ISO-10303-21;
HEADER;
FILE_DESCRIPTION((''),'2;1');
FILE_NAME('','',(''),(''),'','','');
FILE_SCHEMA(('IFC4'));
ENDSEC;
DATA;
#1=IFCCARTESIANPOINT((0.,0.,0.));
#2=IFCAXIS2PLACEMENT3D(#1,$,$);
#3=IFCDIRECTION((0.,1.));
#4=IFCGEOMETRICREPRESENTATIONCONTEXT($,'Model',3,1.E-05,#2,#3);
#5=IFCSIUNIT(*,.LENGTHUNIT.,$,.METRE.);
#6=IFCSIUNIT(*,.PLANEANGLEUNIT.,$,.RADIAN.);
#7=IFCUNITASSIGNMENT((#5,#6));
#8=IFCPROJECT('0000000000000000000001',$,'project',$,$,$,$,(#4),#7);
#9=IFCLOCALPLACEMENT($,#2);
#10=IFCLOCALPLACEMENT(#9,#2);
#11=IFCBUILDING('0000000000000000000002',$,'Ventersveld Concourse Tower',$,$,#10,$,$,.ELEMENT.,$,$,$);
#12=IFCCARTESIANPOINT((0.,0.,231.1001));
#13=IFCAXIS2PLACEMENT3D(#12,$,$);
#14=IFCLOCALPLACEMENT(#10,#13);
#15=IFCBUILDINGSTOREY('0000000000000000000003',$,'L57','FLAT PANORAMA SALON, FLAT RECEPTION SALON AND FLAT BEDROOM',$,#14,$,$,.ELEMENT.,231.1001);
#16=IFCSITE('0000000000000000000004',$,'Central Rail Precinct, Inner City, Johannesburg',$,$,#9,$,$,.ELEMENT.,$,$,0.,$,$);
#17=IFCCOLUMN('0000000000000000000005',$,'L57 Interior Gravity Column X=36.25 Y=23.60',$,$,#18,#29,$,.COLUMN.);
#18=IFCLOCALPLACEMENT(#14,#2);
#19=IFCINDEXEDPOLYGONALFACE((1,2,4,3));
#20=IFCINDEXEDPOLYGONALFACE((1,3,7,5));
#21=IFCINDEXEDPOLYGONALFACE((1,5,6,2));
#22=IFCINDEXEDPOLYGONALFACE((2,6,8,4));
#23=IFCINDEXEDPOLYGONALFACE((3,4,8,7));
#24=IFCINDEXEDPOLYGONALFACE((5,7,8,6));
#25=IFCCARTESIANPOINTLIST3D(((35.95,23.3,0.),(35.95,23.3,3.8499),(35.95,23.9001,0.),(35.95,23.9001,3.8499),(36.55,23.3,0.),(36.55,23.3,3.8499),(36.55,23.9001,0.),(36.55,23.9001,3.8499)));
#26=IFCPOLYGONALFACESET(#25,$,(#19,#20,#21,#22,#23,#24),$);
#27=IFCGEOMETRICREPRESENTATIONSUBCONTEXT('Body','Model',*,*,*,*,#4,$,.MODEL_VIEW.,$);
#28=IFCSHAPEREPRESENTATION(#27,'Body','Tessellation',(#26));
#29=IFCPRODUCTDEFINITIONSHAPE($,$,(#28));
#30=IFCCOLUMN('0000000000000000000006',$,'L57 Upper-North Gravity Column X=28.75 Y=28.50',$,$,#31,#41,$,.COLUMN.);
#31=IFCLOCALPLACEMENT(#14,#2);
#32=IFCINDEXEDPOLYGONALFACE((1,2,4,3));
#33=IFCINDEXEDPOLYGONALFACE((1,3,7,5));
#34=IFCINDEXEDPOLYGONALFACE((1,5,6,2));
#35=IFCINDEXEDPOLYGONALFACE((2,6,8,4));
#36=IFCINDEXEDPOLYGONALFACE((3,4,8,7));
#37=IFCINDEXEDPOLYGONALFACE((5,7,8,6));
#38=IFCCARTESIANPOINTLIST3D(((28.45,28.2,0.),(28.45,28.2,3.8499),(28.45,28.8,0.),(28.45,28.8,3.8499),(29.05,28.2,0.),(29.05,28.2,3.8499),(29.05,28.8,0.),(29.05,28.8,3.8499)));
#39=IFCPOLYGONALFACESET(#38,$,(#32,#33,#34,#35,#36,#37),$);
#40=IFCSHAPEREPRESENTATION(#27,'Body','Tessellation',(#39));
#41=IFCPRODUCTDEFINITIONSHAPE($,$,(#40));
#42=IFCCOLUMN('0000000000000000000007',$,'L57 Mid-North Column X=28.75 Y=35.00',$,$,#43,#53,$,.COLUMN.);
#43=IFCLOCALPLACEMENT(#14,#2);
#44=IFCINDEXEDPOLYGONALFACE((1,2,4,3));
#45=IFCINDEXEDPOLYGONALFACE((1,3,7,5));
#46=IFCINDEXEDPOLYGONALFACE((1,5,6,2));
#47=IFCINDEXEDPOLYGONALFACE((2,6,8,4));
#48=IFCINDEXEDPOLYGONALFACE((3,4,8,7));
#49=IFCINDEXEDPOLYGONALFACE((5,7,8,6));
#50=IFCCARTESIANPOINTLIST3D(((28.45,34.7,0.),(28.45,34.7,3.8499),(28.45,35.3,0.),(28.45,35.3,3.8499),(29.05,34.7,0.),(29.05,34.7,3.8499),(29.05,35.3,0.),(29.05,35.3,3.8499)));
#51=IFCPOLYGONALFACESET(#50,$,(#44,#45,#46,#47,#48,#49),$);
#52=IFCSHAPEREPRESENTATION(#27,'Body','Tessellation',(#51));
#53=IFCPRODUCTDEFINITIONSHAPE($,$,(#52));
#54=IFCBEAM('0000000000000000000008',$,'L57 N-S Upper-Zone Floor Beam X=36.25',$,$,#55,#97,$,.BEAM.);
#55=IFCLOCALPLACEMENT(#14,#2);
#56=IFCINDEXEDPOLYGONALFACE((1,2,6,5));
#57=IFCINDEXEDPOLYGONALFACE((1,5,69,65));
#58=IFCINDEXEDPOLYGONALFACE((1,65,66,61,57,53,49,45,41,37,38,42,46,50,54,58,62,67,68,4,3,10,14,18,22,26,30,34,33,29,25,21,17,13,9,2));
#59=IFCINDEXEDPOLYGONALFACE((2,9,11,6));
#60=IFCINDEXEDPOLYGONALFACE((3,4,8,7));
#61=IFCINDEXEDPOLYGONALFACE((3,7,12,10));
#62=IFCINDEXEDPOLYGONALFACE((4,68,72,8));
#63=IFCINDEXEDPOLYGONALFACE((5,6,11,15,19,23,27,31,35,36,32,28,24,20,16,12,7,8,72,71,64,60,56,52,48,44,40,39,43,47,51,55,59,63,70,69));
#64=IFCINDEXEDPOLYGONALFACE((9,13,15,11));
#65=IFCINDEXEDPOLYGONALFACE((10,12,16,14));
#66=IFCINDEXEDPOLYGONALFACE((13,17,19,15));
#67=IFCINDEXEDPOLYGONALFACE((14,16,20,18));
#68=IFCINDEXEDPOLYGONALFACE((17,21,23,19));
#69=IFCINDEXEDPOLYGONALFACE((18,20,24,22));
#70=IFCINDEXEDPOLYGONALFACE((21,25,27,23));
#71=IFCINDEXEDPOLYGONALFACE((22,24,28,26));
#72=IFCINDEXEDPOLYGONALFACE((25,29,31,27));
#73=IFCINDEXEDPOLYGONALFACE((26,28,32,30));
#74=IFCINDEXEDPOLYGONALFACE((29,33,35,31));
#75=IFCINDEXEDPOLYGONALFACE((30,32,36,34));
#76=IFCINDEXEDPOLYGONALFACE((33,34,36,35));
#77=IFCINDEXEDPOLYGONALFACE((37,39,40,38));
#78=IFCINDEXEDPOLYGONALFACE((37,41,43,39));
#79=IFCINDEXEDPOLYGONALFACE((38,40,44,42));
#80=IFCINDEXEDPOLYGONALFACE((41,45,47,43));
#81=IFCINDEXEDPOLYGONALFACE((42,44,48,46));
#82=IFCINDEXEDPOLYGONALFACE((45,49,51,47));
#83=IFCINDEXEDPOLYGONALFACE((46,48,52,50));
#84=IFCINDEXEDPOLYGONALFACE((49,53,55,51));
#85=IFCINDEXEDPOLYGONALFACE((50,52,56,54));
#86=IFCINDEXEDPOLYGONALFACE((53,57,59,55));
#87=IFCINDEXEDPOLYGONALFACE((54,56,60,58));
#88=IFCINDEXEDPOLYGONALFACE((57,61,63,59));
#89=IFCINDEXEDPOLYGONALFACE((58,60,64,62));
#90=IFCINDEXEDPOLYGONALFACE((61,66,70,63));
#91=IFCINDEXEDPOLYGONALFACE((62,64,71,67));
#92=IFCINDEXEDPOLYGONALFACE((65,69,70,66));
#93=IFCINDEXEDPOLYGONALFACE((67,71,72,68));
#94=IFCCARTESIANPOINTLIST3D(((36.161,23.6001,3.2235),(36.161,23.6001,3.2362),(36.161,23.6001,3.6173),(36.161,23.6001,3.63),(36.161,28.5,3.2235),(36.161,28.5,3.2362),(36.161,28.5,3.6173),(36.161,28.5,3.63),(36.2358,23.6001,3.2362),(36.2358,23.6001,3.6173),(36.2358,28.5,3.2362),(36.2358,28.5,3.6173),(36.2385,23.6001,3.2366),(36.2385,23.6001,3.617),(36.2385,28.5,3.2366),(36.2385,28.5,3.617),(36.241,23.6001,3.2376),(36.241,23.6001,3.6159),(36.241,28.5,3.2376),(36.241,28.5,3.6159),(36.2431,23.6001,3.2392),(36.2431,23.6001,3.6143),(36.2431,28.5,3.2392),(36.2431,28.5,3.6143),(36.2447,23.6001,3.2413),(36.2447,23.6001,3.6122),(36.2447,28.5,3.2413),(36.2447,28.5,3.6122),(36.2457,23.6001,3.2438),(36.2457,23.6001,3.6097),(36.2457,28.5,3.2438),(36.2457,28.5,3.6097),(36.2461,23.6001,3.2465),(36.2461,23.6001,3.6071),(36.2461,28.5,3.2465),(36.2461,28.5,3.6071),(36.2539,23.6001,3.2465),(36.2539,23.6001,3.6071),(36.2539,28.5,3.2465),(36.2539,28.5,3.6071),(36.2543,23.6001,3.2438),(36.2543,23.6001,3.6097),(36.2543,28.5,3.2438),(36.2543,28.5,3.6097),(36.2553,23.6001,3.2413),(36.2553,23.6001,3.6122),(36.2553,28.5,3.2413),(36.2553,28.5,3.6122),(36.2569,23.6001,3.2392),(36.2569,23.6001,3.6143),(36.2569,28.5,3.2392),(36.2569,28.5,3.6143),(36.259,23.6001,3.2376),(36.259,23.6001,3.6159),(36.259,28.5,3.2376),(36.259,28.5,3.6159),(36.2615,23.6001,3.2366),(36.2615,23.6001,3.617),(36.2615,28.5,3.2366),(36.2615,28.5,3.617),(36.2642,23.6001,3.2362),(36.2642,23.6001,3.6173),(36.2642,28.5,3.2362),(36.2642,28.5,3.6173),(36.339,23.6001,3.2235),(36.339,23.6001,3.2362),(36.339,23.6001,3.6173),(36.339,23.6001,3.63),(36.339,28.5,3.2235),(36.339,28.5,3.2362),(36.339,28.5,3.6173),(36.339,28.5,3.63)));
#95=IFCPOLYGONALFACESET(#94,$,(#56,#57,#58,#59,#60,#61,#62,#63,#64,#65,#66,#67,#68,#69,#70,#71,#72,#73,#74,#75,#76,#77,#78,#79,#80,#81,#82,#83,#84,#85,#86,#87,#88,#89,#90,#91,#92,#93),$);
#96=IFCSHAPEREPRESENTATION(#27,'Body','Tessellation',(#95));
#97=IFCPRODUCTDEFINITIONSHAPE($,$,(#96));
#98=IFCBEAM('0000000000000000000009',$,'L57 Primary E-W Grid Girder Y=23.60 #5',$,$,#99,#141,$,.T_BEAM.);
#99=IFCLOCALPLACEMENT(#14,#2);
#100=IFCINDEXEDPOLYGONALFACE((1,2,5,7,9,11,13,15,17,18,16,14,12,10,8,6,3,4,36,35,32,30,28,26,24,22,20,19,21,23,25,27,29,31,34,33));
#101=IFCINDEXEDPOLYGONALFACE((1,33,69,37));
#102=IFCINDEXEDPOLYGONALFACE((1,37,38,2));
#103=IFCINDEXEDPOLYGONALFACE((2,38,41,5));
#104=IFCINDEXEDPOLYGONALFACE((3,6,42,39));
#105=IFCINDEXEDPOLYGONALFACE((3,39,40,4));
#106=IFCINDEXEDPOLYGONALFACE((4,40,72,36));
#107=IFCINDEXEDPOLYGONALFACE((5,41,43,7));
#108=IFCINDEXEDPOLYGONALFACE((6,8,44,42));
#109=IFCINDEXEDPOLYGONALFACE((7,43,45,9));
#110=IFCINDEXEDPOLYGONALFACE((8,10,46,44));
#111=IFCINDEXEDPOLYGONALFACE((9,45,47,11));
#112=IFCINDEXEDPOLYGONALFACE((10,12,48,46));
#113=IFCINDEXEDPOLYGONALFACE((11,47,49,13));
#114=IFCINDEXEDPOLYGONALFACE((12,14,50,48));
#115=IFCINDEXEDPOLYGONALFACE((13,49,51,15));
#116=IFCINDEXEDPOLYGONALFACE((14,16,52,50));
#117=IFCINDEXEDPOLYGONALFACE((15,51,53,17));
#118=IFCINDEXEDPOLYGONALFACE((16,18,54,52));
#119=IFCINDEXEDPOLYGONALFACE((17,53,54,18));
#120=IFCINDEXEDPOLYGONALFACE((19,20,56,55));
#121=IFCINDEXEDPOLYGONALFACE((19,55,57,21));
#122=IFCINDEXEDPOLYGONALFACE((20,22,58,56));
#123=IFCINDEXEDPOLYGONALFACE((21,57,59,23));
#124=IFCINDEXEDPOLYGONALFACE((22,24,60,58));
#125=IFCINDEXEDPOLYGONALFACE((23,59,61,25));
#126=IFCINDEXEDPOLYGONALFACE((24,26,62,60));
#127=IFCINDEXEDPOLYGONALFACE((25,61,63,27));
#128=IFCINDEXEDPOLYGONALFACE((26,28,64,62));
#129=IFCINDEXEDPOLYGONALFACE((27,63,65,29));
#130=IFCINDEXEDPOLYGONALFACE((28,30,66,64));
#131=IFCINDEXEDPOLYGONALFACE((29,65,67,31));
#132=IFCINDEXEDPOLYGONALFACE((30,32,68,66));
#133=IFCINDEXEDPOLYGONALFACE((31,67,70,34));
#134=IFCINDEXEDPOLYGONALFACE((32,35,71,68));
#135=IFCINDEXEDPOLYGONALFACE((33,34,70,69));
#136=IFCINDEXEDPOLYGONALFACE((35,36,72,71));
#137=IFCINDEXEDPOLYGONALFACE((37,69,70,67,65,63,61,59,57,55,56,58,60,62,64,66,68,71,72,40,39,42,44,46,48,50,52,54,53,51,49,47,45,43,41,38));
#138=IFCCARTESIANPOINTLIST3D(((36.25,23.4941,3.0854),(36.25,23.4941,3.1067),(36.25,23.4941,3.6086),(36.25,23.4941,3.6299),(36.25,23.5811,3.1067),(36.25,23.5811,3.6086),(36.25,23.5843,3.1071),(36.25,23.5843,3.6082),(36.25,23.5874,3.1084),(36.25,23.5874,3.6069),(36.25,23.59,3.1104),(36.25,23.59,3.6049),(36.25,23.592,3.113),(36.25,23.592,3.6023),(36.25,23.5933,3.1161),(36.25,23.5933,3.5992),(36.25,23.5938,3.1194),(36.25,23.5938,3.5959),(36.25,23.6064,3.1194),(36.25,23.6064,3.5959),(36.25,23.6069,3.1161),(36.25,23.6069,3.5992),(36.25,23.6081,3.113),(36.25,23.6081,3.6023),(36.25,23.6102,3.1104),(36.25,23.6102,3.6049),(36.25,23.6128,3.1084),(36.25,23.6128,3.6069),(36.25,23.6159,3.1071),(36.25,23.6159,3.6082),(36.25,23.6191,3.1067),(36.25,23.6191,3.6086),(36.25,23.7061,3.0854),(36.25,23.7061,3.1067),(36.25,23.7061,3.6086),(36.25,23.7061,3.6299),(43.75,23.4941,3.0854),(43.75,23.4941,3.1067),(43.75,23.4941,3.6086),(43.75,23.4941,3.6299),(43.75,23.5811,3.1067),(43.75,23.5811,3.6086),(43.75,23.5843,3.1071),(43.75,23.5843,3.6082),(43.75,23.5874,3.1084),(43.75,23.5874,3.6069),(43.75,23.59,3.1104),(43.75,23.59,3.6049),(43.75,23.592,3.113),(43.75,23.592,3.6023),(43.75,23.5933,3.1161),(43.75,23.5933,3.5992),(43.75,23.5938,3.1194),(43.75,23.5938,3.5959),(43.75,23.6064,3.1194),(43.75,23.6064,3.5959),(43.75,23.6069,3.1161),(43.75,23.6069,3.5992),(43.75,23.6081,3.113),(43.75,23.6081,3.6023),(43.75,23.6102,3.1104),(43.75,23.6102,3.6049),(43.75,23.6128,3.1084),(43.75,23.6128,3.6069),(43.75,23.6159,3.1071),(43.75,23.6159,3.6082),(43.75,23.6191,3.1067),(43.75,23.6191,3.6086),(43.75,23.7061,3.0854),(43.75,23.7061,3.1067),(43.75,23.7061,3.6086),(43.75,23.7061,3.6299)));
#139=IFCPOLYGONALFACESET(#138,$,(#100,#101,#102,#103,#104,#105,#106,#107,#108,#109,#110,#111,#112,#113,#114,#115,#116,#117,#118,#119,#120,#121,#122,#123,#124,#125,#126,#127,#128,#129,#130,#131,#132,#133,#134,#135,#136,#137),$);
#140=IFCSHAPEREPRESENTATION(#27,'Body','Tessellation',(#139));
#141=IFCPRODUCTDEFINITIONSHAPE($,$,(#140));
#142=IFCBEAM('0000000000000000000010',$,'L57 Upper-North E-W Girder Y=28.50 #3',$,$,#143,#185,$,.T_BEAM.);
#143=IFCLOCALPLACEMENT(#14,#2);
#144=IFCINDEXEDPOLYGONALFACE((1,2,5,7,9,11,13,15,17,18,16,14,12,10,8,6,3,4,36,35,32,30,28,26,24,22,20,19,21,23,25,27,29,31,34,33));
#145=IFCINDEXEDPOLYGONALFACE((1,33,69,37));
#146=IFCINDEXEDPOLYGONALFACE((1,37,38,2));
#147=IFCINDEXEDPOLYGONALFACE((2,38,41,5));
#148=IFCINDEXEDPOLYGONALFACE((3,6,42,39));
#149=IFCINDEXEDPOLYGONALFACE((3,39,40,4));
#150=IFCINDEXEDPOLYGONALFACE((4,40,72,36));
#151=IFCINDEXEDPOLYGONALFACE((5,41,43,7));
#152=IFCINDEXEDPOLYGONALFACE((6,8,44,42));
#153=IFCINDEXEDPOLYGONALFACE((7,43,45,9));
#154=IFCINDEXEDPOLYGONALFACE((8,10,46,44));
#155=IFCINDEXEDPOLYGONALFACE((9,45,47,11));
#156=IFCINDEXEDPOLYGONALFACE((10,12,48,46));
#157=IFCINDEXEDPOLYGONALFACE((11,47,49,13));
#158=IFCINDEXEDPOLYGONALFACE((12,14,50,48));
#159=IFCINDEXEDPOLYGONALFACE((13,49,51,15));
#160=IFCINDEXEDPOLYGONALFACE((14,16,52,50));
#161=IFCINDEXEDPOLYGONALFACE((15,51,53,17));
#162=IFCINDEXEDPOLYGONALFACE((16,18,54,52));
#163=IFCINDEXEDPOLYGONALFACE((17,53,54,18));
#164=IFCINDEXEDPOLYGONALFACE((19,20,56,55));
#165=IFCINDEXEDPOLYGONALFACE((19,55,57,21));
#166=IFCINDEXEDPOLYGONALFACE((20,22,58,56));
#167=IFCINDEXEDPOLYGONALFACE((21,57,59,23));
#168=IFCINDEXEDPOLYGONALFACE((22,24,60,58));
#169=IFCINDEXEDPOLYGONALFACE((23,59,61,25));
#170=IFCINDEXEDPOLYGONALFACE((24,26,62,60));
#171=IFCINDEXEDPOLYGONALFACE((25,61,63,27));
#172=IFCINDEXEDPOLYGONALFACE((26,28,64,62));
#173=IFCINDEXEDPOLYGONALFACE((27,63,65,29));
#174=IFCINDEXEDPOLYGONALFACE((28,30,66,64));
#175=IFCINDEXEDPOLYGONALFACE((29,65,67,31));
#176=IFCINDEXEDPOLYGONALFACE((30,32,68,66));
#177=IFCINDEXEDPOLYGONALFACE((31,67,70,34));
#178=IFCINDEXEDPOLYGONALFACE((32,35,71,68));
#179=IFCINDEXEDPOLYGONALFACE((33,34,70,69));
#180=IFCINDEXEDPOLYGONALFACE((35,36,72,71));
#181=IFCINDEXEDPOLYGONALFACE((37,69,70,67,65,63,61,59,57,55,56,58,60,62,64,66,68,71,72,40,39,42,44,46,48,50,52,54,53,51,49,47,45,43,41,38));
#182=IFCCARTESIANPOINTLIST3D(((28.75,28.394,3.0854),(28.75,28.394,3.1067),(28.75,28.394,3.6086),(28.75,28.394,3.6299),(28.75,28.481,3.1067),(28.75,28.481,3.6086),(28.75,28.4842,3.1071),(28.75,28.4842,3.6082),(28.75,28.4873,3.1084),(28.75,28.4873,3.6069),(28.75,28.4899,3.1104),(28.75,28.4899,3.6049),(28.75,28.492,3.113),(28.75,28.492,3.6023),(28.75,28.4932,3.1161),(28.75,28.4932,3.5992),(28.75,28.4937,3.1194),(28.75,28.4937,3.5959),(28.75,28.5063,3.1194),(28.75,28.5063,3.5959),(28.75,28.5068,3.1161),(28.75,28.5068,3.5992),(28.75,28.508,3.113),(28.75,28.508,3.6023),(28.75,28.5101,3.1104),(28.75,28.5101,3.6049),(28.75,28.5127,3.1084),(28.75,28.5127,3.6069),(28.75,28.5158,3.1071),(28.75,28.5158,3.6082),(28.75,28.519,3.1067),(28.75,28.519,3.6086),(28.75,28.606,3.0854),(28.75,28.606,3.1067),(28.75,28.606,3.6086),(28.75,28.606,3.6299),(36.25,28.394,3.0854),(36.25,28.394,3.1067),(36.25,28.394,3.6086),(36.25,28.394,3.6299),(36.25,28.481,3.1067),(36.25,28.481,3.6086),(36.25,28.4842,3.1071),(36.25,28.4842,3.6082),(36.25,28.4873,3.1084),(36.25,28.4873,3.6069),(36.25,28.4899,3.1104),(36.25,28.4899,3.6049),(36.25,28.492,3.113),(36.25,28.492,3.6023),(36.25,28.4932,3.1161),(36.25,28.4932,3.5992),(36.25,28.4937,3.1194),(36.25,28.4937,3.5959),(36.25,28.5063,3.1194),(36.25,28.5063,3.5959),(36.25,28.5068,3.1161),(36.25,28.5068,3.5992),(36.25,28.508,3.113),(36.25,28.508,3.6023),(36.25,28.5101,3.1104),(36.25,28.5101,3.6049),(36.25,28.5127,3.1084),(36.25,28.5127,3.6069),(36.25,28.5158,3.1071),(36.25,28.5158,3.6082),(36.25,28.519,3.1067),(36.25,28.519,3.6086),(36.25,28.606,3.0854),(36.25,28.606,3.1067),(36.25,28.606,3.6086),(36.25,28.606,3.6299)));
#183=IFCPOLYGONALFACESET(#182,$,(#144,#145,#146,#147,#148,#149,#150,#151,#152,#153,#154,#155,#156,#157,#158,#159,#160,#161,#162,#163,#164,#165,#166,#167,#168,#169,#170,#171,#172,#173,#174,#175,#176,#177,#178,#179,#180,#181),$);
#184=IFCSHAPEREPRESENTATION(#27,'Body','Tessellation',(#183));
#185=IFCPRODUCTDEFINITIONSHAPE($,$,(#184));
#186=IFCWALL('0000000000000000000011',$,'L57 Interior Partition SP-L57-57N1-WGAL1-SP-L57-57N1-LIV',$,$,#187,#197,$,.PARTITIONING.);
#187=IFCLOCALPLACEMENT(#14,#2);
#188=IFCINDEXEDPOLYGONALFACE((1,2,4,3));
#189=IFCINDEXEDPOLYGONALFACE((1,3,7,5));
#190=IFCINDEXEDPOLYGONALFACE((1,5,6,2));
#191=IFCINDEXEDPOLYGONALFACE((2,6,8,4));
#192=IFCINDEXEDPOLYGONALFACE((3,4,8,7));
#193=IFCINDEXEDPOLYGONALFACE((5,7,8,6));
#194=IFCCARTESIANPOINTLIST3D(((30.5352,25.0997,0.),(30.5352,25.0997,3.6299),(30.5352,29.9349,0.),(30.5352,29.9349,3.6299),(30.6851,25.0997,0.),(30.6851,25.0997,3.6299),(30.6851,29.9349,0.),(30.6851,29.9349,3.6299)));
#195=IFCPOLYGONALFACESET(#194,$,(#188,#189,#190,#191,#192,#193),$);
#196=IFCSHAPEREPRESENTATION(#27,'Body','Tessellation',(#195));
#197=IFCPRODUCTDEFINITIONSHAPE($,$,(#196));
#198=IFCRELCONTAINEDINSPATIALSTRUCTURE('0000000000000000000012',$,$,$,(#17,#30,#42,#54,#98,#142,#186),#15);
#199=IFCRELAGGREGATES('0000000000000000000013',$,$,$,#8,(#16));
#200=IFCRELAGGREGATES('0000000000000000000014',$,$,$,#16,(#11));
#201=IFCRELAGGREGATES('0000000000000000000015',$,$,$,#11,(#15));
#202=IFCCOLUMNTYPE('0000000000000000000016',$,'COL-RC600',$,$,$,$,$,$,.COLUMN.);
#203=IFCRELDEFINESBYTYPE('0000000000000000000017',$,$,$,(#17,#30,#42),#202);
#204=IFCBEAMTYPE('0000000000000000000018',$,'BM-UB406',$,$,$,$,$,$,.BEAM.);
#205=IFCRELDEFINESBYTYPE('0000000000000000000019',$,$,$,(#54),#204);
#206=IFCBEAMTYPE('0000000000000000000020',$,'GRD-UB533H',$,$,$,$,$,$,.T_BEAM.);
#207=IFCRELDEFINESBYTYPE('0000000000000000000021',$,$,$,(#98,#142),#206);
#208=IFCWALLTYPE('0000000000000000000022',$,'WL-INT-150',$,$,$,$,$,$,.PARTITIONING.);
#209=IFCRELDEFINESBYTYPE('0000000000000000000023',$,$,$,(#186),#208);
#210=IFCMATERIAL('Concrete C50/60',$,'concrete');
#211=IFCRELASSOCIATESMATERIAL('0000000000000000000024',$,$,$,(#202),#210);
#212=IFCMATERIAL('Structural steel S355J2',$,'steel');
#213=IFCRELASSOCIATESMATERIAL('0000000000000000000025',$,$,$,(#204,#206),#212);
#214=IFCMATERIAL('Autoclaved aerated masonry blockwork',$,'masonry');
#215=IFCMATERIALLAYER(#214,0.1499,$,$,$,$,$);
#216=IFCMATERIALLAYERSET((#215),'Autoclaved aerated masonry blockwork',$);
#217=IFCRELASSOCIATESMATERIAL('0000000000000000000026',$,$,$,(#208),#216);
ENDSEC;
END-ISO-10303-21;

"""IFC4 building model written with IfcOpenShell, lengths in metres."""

from ifc_helpers import new_model, si_unit, direction, frame, frame_2d, origin, origin_2d, place, context, subcontext, project, spatial, rectangle, i_section, extrude, material, layer, layer_set, material_profile, profile_set, type_object, element, save


model = new_model("IFC4")

# Units and contexts
model_context = context("Model", 3, precision=1e-05, world=origin(), true_north=direction((0.0, 1.0)))
body_context = subcontext(model_context, "Body", "Model", "MODEL_VIEW")
ifc_project = project(units=[si_unit("LENGTHUNIT", "METRE"), si_unit("PLANEANGLEUNIT", "RADIAN")], contexts=[model_context])

# Site, building, storey
site_placement = place(None, origin())
site = spatial("IfcSite", under=ifc_project, at=site_placement, Name="Central Rail Precinct, Inner City, Johannesburg", CompositionType="ELEMENT", RefElevation=0.0)
building_placement = place(site_placement, origin())
building = spatial("IfcBuilding", under=site, at=building_placement, Name="Ventersveld Concourse Tower", CompositionType="ELEMENT")
storey_placement = place(building_placement, frame((0.0, 0.0, 231.1001)))
storey = spatial("IfcBuildingStorey", under=building, at=storey_placement, Name="L57", Description="FLAT PANORAMA SALON, FLAT RECEPTION SALON AND FLAT BEDROOM", CompositionType="ELEMENT", Elevation=231.1001)

# Columns
ifc_material_1 = material(Name="Concrete C50/60", Category="concrete")
ifc_material_profile_1 = material_profile(ifc_material_1, rectangle(XDim=0.6001, YDim=0.6001, at=origin_2d()), Name="RC 600x600")
ifc_profile_set_1 = profile_set([ifc_material_profile_1], Name="Concrete C50/60")
column_type = type_object("IfcColumnType", Name="COL-RC600", PredefinedType="COLUMN", material=ifc_profile_set_1)
for number, where, z_axis, x_axis, name in (
    (1, (36.25, 23.6001, 0.0), (0.0, 0.0, 1.0), (1.0, 0.0, 0.0), "L57 Interior Gravity Column X=36.25 Y=23.60"),
    (2, (28.75, 28.5, 0.0), (0.0, 0.0, 1.0), (1.0, 0.0, 0.0), "L57 Upper-North Gravity Column X=28.75 Y=28.50"),
    (3, (28.75, 35.0, 0.0), (0.0, 0.0, 1.0), (1.0, 0.0, 0.0), "L57 Mid-North Column X=28.75 Y=35.00"),
):
    element("IfcColumn", number, at=place(storey_placement, frame(where, z_axis=z_axis, x_axis=x_axis)), inside=storey, type_object=column_type, Name=name, PredefinedType="COLUMN", context=body_context, shape_type="SweptSolid", body=[
        extrude(rectangle(XDim=0.6001, YDim=0.6001, at=origin_2d()), origin(), (0.0, 0.0, 1.0), 3.8499),
    ])

# Beams
ifc_material_2 = material(Name="Structural steel S355J2", Category="steel")
ifc_material_profile_2 = material_profile(ifc_material_2, i_section(OverallWidth=0.178, OverallDepth=0.4065, WebThickness=0.0078, FlangeThickness=0.0127, FilletRadius=0.0103, at=origin_2d()), Name="UB 406x178x60")
ifc_profile_set_2 = profile_set([ifc_material_profile_2], Name="Structural steel S355J2")
beam_type_1 = type_object("IfcBeamType", Name="BM-UB406", PredefinedType="BEAM", material=ifc_profile_set_2)
beam_placement = place(storey_placement, frame((36.25, 23.6001, 3.4268), z_axis=(0.0, 1.0, 0.0), x_axis=(-1.0, 0.0, 0.0)))
element("IfcBeam", 4, at=beam_placement, inside=storey, type_object=beam_type_1, Name="L57 N-S Upper-Zone Floor Beam X=36.25", PredefinedType="BEAM", context=body_context, shape_type="SweptSolid", body=[
    extrude(i_section(OverallWidth=0.178, OverallDepth=0.4065, WebThickness=0.0078, FlangeThickness=0.0127, FilletRadius=0.0103, at=origin_2d()), origin(), (0.0, 0.0, 1.0), 4.8999),
])
ifc_material_profile_3 = material_profile(ifc_material_2, i_section(OverallWidth=0.2119, OverallDepth=0.5444, WebThickness=0.0127, FlangeThickness=0.0212, FilletRadius=0.0127, at=origin_2d()), Name="UB 533x210x122")
ifc_profile_set_3 = profile_set([ifc_material_profile_3], Name="Structural steel S355J2")
beam_type_2 = type_object("IfcBeamType", Name="GRD-UB533H", PredefinedType="T_BEAM", material=ifc_profile_set_3)
for number, where, z_axis, x_axis, name in (
    (5, (36.25, 23.6001, 3.3577), (1.0, 0.0, 0.0), (0.0, 1.0, 0.0), "L57 Primary E-W Grid Girder Y=23.60 #5"),
    (6, (28.75, 28.5, 3.3577), (1.0, 0.0, 0.0), (0.0, 1.0, 0.0), "L57 Upper-North E-W Girder Y=28.50 #3"),
):
    element("IfcBeam", number, at=place(storey_placement, frame(where, z_axis=z_axis, x_axis=x_axis)), inside=storey, type_object=beam_type_2, Name=name, PredefinedType="T_BEAM", context=body_context, shape_type="SweptSolid", body=[
        extrude(i_section(OverallWidth=0.2119, OverallDepth=0.5444, WebThickness=0.0127, FlangeThickness=0.0212, FilletRadius=0.0127, at=origin_2d()), origin(), (0.0, 0.0, 1.0), 7.5),
    ])

# Wall
ifc_material_3 = material(Name="Autoclaved aerated masonry blockwork", Category="masonry")
ifc_layer = layer(ifc_material_3, 0.1499)
ifc_layer_set = layer_set([ifc_layer], Name="Autoclaved aerated masonry blockwork")
wall_type = type_object("IfcWallType", Name="WL-INT-150", PredefinedType="PARTITIONING", material=ifc_layer_set)
wall_1_placement = place(storey_placement, frame((30.6101, 25.0999, 0.0), z_axis=(0.0, 0.0, 1.0), x_axis=(0.0, 1.0, 0.0)))
element("IfcWall", 7, at=wall_1_placement, inside=storey, type_object=wall_type, Name="L57 Interior Partition SP-L57-57N1-WGAL1-SP-L57-57N1-LIV", PredefinedType="PARTITIONING", context=body_context, shape_type="SweptSolid", body=[
    extrude(rectangle(XDim=4.8352, YDim=0.1499, at=frame_2d((2.4175, 0.0))), origin(), (0.0, 0.0, 1.0), 3.6299),
])

save(model, "model.ifc")
